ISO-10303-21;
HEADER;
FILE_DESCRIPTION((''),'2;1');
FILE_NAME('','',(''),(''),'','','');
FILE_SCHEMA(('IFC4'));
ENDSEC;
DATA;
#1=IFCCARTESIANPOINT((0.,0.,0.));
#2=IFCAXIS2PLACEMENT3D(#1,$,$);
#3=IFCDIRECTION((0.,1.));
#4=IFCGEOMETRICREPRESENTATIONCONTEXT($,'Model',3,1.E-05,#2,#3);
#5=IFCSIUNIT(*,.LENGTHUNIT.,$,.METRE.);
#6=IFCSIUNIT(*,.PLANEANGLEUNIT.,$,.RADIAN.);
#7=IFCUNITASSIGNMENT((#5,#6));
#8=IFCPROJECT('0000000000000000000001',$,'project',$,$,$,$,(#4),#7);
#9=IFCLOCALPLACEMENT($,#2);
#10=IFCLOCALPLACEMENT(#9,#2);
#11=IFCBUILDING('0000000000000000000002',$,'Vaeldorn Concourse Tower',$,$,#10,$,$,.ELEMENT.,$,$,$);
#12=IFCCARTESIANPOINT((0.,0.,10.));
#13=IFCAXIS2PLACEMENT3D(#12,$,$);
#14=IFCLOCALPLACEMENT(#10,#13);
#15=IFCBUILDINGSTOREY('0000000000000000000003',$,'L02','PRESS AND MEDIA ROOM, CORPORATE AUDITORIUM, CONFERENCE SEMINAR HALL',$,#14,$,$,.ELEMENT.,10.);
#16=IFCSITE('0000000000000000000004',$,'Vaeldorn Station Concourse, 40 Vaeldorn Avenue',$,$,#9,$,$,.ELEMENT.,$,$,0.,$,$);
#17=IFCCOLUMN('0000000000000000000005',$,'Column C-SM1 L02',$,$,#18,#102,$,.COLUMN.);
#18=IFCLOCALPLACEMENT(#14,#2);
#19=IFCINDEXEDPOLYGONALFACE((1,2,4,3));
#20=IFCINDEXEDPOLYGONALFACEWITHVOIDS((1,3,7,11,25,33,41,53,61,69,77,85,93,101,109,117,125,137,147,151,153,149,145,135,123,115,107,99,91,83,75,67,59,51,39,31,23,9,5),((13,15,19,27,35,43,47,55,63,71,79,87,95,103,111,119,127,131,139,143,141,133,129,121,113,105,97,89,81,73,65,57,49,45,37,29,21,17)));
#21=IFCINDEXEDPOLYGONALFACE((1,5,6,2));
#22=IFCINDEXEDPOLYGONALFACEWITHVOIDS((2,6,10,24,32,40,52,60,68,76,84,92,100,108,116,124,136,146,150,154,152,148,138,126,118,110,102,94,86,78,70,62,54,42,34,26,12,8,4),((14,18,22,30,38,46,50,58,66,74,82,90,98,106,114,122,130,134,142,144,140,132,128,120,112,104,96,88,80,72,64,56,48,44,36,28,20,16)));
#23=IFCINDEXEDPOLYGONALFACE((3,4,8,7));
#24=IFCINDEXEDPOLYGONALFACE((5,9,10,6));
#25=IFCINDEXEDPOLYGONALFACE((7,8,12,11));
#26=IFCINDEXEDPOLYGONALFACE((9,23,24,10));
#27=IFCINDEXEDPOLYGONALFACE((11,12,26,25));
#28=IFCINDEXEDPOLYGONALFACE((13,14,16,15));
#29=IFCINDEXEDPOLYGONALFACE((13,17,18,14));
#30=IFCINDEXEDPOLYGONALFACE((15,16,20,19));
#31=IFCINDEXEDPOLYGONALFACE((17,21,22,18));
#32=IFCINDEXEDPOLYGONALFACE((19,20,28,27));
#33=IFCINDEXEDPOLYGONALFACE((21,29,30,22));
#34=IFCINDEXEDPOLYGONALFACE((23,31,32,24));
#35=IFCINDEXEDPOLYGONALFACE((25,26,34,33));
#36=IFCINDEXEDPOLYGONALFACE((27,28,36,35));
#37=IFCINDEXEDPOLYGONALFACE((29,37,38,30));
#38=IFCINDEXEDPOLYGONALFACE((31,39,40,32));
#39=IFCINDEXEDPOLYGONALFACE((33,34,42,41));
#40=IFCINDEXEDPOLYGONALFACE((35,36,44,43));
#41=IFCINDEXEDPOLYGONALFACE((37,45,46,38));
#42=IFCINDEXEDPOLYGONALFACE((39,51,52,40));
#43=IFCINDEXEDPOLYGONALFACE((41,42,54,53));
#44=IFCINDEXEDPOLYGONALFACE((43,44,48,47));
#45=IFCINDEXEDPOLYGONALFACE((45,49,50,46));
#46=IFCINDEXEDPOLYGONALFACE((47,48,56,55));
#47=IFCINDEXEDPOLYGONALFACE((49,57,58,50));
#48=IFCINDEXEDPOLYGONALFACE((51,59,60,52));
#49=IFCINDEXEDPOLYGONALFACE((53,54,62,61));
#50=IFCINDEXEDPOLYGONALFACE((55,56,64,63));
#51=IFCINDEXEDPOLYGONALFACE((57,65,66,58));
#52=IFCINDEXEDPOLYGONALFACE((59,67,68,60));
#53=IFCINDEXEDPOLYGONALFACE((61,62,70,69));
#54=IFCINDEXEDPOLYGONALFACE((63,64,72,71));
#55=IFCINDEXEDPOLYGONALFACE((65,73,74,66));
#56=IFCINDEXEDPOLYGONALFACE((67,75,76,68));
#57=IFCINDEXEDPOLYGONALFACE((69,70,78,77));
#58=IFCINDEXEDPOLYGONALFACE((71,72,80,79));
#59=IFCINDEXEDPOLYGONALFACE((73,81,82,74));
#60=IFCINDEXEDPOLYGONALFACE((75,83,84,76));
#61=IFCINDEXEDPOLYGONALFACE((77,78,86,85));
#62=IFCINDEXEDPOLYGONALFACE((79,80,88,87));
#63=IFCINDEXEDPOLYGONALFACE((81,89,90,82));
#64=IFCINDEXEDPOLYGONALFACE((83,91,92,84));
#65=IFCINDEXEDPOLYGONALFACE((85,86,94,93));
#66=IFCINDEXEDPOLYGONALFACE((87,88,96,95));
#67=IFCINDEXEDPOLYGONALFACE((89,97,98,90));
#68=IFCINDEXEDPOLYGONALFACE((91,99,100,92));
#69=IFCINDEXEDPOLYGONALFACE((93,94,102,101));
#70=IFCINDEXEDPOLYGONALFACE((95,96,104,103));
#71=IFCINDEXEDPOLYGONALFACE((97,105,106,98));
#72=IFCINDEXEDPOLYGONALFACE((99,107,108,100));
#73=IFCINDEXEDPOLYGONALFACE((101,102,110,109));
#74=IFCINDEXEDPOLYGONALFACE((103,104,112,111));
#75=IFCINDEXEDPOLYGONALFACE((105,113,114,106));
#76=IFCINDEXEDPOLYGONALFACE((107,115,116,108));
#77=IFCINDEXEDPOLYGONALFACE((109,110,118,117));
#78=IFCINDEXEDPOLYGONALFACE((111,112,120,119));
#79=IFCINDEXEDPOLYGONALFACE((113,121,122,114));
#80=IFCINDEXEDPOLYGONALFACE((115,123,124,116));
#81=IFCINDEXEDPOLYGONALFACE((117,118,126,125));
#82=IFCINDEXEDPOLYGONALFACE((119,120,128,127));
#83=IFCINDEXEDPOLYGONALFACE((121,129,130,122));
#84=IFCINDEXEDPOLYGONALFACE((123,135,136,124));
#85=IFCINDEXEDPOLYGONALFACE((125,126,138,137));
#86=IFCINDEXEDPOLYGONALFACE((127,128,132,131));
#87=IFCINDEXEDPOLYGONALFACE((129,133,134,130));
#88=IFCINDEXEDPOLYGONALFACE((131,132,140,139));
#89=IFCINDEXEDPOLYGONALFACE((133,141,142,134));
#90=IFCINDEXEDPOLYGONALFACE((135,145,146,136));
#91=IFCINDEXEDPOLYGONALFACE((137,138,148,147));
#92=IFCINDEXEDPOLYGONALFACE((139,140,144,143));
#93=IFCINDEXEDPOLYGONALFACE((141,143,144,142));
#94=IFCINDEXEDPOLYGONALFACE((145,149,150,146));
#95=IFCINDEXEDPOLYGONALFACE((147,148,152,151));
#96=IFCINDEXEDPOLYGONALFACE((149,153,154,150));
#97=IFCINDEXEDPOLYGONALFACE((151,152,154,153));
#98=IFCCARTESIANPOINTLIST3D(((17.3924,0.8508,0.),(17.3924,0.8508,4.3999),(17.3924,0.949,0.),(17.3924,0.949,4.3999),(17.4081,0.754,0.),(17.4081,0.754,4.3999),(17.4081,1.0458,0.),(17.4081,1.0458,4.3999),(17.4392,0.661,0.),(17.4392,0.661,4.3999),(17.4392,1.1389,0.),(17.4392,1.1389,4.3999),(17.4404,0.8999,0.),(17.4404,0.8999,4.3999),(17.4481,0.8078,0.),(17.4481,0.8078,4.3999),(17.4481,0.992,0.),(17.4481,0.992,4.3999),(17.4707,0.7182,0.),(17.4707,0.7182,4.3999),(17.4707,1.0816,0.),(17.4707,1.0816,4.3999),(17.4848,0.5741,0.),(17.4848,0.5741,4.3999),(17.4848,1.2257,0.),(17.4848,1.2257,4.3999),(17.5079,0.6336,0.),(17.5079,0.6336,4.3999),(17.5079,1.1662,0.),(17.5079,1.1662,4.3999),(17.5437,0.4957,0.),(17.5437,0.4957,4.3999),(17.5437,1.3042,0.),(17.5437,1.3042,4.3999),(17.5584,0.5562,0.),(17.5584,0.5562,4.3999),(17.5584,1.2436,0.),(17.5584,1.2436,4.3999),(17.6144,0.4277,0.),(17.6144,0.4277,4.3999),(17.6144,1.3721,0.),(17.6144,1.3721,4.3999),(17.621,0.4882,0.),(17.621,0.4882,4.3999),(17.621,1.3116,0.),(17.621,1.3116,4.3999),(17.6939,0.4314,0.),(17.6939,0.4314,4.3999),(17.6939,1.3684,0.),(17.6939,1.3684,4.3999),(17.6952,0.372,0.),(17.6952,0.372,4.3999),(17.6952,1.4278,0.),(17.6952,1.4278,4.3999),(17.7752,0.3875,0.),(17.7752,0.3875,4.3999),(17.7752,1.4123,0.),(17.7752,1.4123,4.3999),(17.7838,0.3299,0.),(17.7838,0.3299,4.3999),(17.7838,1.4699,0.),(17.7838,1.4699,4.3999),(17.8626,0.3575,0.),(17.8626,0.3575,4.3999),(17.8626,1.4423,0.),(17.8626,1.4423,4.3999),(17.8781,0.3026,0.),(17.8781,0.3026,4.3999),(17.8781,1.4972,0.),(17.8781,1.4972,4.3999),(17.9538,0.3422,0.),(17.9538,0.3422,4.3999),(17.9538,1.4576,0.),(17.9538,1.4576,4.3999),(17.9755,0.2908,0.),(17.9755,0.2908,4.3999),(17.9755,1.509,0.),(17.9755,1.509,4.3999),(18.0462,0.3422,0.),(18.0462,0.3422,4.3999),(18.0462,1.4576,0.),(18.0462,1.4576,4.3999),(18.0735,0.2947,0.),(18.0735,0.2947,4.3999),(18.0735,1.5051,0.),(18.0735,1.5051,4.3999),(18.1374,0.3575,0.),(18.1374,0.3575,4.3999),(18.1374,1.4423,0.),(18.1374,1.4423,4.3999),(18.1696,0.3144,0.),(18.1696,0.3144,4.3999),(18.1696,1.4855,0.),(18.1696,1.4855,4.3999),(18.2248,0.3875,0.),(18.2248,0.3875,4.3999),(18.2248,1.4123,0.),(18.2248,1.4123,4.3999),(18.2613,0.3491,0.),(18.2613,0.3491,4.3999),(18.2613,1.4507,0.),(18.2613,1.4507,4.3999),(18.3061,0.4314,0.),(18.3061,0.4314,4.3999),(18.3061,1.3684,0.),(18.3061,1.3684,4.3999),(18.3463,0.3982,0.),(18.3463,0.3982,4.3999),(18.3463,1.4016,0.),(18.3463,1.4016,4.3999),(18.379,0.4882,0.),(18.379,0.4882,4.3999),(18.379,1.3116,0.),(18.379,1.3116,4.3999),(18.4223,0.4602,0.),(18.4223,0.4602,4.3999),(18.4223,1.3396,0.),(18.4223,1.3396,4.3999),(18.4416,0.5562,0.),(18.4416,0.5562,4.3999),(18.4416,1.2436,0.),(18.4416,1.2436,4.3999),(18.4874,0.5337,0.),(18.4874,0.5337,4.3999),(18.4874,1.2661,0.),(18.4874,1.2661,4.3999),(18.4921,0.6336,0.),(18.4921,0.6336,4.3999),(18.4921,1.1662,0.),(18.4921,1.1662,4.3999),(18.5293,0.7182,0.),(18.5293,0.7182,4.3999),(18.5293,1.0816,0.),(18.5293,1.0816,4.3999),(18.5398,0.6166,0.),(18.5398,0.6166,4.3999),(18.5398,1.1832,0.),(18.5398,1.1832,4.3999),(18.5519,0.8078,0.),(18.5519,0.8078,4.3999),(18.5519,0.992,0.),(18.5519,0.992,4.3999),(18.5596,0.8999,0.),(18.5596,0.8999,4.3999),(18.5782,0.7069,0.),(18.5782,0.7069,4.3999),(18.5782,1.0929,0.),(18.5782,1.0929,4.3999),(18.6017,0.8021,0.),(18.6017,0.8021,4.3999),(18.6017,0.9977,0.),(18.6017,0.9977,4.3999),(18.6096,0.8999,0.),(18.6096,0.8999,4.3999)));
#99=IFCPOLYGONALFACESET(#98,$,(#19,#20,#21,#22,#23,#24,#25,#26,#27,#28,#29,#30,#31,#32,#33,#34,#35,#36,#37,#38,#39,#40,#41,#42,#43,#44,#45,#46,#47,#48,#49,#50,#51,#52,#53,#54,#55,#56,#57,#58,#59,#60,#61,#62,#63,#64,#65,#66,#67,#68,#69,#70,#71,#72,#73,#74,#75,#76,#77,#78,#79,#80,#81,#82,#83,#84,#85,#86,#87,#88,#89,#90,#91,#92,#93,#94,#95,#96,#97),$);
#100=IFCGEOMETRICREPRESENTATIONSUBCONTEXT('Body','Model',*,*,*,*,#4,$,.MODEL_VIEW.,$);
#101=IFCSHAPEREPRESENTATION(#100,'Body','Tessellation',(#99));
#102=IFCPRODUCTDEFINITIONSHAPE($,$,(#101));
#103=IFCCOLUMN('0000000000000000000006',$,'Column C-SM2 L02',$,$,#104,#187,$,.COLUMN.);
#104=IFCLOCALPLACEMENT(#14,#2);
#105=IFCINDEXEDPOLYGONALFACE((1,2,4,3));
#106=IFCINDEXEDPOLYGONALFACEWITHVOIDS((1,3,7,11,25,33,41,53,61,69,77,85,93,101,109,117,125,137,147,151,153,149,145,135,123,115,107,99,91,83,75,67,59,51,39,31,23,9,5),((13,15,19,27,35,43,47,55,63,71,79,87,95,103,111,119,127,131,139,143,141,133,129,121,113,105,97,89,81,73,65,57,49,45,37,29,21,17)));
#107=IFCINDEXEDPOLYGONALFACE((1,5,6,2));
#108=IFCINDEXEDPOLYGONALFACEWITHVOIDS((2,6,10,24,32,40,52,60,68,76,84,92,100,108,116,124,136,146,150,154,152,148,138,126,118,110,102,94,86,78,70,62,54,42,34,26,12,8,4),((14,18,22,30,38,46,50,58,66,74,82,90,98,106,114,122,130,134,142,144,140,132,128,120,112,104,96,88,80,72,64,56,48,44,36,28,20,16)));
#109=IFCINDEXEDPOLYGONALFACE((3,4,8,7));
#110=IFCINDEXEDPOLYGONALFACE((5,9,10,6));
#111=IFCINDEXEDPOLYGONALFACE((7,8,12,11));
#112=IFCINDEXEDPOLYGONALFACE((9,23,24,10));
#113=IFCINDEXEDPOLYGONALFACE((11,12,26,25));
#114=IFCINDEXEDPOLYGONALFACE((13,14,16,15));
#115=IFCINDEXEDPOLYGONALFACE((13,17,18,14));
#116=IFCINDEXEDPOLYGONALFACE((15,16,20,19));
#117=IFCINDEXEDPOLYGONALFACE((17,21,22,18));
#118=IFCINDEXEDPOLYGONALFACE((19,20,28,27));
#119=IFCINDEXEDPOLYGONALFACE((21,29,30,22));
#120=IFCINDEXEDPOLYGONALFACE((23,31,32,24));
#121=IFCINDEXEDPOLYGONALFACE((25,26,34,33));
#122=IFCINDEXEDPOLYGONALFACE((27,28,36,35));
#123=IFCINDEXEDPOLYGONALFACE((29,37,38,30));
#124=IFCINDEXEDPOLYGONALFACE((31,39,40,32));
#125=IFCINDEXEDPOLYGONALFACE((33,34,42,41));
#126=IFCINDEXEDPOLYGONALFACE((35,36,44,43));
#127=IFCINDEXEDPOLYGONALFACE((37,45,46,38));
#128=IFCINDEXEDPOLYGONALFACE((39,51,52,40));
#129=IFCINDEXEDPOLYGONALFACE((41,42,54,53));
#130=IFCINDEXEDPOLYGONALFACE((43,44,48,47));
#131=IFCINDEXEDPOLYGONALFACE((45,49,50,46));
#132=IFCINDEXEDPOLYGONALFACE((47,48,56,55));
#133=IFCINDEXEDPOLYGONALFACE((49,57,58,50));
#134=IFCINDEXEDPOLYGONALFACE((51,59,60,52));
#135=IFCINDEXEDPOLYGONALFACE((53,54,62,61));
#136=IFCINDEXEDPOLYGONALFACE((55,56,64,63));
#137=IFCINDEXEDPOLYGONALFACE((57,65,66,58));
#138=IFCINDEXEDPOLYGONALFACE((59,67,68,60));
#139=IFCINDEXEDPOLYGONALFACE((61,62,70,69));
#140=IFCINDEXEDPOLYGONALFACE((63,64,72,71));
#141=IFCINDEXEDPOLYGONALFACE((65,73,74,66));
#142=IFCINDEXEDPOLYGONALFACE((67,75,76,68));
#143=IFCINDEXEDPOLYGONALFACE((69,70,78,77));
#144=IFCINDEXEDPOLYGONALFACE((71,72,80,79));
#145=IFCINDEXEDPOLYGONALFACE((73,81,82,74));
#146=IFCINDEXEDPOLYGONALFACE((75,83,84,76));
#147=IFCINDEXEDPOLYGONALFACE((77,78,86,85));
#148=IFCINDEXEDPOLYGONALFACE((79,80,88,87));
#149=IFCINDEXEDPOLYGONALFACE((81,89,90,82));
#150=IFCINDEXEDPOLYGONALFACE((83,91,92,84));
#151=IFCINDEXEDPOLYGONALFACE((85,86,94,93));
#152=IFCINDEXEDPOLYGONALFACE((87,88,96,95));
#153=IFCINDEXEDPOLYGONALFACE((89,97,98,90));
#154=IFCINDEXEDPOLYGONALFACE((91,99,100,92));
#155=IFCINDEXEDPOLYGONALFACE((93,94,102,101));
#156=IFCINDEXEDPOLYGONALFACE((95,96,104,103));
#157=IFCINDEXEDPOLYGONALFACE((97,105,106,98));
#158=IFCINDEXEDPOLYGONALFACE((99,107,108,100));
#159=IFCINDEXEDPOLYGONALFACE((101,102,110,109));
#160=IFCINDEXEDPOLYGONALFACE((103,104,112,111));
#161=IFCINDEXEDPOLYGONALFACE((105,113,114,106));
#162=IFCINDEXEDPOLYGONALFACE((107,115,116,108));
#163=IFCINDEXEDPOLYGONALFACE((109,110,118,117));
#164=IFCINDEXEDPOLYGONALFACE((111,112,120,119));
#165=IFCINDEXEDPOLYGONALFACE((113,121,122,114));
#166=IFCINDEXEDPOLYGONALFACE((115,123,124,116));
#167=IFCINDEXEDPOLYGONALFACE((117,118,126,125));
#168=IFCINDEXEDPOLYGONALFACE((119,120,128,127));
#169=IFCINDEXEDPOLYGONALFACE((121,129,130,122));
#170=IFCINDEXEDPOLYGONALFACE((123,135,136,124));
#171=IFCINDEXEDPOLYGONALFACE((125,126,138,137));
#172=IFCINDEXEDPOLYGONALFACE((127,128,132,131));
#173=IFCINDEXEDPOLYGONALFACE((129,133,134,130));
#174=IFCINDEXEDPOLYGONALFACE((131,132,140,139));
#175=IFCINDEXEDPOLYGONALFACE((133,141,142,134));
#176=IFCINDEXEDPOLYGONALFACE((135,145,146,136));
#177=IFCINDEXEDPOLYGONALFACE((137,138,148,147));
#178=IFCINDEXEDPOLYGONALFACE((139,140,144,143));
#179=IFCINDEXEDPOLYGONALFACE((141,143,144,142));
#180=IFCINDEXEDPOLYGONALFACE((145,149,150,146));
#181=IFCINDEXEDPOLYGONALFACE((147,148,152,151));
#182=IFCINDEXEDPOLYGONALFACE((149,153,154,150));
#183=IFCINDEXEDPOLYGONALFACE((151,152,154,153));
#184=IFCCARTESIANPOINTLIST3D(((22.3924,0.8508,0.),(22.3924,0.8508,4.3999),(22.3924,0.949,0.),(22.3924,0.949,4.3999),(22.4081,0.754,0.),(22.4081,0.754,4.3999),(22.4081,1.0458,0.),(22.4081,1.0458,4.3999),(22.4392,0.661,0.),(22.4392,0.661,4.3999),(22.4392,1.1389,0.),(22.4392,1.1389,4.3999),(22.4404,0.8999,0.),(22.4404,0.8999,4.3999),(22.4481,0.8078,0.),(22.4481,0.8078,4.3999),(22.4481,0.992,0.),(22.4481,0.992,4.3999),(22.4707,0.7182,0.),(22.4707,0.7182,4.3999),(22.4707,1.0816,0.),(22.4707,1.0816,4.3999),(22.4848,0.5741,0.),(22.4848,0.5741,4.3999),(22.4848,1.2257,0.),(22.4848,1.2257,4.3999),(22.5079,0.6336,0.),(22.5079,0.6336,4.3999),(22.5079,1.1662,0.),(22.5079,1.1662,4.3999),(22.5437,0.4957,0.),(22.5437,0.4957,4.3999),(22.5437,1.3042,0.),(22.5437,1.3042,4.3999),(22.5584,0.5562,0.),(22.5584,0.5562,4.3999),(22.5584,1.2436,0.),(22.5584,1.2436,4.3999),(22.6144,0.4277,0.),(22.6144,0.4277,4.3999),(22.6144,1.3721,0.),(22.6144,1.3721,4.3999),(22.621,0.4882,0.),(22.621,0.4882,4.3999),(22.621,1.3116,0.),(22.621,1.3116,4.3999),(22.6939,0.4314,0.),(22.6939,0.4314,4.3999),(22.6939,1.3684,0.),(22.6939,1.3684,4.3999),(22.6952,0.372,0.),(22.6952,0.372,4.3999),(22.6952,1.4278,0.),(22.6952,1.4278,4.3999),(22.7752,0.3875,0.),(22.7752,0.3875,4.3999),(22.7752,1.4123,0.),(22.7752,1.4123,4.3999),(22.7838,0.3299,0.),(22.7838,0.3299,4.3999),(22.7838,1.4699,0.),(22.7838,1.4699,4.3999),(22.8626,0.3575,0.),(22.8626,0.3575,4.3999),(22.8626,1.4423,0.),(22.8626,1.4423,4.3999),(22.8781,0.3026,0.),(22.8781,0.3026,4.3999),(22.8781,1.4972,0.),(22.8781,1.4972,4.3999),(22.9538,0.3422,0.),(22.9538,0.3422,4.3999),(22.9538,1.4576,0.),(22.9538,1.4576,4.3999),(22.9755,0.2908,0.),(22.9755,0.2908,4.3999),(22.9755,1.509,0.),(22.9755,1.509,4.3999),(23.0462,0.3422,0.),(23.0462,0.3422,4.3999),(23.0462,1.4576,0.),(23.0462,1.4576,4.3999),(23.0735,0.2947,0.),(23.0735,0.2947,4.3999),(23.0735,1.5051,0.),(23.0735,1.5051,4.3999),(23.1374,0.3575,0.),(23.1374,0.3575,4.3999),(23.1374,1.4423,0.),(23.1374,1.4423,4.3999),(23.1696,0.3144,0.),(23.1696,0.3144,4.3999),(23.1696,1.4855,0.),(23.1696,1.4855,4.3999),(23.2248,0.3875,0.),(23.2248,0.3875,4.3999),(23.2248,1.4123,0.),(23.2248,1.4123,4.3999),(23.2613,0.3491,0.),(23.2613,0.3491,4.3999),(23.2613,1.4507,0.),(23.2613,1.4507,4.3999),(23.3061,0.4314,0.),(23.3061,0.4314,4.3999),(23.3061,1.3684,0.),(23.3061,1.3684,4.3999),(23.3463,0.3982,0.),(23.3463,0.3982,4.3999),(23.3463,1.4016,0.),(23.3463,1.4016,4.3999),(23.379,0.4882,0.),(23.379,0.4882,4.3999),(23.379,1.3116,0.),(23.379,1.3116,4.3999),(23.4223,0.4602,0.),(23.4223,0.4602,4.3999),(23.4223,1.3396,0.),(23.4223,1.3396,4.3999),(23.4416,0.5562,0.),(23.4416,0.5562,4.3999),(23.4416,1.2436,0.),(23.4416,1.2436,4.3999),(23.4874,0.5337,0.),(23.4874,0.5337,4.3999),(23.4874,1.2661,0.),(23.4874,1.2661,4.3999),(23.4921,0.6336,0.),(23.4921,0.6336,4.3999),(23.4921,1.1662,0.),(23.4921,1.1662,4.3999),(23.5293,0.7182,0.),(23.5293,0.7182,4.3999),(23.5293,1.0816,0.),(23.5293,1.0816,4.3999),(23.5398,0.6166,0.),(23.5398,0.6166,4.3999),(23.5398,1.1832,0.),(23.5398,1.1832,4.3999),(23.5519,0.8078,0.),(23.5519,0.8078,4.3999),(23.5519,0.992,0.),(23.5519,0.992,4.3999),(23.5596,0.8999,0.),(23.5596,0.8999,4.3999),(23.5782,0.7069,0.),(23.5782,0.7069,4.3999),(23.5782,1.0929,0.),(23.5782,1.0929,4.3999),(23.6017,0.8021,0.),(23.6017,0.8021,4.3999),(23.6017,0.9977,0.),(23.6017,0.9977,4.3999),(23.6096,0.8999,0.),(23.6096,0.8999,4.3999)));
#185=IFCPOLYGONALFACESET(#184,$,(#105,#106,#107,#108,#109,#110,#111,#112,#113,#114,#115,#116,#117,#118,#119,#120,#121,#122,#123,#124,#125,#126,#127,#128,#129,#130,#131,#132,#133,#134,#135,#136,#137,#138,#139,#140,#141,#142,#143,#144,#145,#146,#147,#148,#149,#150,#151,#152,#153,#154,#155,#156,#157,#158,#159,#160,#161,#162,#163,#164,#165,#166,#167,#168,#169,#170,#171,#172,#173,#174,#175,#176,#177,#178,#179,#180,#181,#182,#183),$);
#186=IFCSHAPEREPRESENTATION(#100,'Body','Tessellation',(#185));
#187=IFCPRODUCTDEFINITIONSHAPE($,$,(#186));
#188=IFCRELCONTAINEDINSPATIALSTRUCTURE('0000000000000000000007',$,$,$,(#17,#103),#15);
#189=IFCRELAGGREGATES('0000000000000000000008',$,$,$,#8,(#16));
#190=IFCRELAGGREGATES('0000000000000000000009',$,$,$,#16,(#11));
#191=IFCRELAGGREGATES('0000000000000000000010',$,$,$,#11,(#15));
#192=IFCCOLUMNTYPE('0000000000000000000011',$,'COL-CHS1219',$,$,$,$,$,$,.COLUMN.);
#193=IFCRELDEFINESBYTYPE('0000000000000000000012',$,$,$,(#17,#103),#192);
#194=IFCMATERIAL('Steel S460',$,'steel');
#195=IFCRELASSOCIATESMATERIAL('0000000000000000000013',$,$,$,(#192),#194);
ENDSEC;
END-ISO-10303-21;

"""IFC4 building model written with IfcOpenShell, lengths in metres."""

from ifc_helpers import new_model, si_unit, direction, frame, origin, origin_2d, place, context, subcontext, project, spatial, hollow_circle, extrude, source, transform, mapped, material, material_profile, profile_set, type_object, element, save


model = new_model("IFC4")

# Units and contexts
model_context = context("Model", 3, precision=1e-05, world=origin(), true_north=direction((0.0, 1.0)))
body_context = subcontext(model_context, "Body", "Model", "MODEL_VIEW")
ifc_project = project(units=[si_unit("LENGTHUNIT", "METRE"), si_unit("PLANEANGLEUNIT", "RADIAN")], contexts=[model_context])

# Site, building, storey
site_placement = place(None, origin())
site = spatial("IfcSite", under=ifc_project, at=site_placement, Name="Vaeldorn Station Concourse, 40 Vaeldorn Avenue", CompositionType="ELEMENT", RefElevation=0.0)
building_placement = place(site_placement, origin())
building = spatial("IfcBuilding", under=site, at=building_placement, Name="Vaeldorn Concourse Tower", CompositionType="ELEMENT")
storey_placement = place(building_placement, frame((0.0, 0.0, 10.0)))
storey = spatial("IfcBuildingStorey", under=building, at=storey_placement, Name="L02", Description="PRESS AND MEDIA ROOM, CORPORATE AUDITORIUM, CONFERENCE SEMINAR HALL", CompositionType="ELEMENT", Elevation=10.0)

# Columns
ifc_material_1 = material(Name="Steel S460", Category="steel")
ifc_material_profile_1 = material_profile(ifc_material_1, hollow_circle(Radius=0.6096, WallThickness=0.05, at=origin_2d()), Name="CHS 1219x50")
ifc_profile_set_1 = profile_set([ifc_material_profile_1], Name="Steel S460")
column_type = type_object("IfcColumnType", Name="COL-CHS1219", PredefinedType="COLUMN", material=ifc_profile_set_1)
shared_shape_1 = source(origin(), body_context, "Body", "SweptSolid", [
    extrude(hollow_circle(Radius=0.6096, WallThickness=0.05, at=origin_2d()), origin(), (0.0, 0.0, 1.0), 4.3999),
])
for number, where, z_axis, x_axis, name in (
    (1, (18.0, 0.8999, 0.0), (0.0, 0.0, 1.0), (1.0, 0.0, 0.0), "Column C-SM1 L02"),
    (2, (23.0, 0.8999, 0.0), (0.0, 0.0, 1.0), (1.0, 0.0, 0.0), "Column C-SM2 L02"),
):
    element("IfcColumn", number, at=place(storey_placement, frame(where, z_axis=z_axis, x_axis=x_axis)), inside=storey, type_object=column_type, Name=name, PredefinedType="COLUMN", context=body_context, shape_type="MappedRepresentation", body=[
        mapped(shared_shape_1, transform((0.0, 0.0, 0.0), scale=1.0)),
    ])

save(model, "model.ifc")
